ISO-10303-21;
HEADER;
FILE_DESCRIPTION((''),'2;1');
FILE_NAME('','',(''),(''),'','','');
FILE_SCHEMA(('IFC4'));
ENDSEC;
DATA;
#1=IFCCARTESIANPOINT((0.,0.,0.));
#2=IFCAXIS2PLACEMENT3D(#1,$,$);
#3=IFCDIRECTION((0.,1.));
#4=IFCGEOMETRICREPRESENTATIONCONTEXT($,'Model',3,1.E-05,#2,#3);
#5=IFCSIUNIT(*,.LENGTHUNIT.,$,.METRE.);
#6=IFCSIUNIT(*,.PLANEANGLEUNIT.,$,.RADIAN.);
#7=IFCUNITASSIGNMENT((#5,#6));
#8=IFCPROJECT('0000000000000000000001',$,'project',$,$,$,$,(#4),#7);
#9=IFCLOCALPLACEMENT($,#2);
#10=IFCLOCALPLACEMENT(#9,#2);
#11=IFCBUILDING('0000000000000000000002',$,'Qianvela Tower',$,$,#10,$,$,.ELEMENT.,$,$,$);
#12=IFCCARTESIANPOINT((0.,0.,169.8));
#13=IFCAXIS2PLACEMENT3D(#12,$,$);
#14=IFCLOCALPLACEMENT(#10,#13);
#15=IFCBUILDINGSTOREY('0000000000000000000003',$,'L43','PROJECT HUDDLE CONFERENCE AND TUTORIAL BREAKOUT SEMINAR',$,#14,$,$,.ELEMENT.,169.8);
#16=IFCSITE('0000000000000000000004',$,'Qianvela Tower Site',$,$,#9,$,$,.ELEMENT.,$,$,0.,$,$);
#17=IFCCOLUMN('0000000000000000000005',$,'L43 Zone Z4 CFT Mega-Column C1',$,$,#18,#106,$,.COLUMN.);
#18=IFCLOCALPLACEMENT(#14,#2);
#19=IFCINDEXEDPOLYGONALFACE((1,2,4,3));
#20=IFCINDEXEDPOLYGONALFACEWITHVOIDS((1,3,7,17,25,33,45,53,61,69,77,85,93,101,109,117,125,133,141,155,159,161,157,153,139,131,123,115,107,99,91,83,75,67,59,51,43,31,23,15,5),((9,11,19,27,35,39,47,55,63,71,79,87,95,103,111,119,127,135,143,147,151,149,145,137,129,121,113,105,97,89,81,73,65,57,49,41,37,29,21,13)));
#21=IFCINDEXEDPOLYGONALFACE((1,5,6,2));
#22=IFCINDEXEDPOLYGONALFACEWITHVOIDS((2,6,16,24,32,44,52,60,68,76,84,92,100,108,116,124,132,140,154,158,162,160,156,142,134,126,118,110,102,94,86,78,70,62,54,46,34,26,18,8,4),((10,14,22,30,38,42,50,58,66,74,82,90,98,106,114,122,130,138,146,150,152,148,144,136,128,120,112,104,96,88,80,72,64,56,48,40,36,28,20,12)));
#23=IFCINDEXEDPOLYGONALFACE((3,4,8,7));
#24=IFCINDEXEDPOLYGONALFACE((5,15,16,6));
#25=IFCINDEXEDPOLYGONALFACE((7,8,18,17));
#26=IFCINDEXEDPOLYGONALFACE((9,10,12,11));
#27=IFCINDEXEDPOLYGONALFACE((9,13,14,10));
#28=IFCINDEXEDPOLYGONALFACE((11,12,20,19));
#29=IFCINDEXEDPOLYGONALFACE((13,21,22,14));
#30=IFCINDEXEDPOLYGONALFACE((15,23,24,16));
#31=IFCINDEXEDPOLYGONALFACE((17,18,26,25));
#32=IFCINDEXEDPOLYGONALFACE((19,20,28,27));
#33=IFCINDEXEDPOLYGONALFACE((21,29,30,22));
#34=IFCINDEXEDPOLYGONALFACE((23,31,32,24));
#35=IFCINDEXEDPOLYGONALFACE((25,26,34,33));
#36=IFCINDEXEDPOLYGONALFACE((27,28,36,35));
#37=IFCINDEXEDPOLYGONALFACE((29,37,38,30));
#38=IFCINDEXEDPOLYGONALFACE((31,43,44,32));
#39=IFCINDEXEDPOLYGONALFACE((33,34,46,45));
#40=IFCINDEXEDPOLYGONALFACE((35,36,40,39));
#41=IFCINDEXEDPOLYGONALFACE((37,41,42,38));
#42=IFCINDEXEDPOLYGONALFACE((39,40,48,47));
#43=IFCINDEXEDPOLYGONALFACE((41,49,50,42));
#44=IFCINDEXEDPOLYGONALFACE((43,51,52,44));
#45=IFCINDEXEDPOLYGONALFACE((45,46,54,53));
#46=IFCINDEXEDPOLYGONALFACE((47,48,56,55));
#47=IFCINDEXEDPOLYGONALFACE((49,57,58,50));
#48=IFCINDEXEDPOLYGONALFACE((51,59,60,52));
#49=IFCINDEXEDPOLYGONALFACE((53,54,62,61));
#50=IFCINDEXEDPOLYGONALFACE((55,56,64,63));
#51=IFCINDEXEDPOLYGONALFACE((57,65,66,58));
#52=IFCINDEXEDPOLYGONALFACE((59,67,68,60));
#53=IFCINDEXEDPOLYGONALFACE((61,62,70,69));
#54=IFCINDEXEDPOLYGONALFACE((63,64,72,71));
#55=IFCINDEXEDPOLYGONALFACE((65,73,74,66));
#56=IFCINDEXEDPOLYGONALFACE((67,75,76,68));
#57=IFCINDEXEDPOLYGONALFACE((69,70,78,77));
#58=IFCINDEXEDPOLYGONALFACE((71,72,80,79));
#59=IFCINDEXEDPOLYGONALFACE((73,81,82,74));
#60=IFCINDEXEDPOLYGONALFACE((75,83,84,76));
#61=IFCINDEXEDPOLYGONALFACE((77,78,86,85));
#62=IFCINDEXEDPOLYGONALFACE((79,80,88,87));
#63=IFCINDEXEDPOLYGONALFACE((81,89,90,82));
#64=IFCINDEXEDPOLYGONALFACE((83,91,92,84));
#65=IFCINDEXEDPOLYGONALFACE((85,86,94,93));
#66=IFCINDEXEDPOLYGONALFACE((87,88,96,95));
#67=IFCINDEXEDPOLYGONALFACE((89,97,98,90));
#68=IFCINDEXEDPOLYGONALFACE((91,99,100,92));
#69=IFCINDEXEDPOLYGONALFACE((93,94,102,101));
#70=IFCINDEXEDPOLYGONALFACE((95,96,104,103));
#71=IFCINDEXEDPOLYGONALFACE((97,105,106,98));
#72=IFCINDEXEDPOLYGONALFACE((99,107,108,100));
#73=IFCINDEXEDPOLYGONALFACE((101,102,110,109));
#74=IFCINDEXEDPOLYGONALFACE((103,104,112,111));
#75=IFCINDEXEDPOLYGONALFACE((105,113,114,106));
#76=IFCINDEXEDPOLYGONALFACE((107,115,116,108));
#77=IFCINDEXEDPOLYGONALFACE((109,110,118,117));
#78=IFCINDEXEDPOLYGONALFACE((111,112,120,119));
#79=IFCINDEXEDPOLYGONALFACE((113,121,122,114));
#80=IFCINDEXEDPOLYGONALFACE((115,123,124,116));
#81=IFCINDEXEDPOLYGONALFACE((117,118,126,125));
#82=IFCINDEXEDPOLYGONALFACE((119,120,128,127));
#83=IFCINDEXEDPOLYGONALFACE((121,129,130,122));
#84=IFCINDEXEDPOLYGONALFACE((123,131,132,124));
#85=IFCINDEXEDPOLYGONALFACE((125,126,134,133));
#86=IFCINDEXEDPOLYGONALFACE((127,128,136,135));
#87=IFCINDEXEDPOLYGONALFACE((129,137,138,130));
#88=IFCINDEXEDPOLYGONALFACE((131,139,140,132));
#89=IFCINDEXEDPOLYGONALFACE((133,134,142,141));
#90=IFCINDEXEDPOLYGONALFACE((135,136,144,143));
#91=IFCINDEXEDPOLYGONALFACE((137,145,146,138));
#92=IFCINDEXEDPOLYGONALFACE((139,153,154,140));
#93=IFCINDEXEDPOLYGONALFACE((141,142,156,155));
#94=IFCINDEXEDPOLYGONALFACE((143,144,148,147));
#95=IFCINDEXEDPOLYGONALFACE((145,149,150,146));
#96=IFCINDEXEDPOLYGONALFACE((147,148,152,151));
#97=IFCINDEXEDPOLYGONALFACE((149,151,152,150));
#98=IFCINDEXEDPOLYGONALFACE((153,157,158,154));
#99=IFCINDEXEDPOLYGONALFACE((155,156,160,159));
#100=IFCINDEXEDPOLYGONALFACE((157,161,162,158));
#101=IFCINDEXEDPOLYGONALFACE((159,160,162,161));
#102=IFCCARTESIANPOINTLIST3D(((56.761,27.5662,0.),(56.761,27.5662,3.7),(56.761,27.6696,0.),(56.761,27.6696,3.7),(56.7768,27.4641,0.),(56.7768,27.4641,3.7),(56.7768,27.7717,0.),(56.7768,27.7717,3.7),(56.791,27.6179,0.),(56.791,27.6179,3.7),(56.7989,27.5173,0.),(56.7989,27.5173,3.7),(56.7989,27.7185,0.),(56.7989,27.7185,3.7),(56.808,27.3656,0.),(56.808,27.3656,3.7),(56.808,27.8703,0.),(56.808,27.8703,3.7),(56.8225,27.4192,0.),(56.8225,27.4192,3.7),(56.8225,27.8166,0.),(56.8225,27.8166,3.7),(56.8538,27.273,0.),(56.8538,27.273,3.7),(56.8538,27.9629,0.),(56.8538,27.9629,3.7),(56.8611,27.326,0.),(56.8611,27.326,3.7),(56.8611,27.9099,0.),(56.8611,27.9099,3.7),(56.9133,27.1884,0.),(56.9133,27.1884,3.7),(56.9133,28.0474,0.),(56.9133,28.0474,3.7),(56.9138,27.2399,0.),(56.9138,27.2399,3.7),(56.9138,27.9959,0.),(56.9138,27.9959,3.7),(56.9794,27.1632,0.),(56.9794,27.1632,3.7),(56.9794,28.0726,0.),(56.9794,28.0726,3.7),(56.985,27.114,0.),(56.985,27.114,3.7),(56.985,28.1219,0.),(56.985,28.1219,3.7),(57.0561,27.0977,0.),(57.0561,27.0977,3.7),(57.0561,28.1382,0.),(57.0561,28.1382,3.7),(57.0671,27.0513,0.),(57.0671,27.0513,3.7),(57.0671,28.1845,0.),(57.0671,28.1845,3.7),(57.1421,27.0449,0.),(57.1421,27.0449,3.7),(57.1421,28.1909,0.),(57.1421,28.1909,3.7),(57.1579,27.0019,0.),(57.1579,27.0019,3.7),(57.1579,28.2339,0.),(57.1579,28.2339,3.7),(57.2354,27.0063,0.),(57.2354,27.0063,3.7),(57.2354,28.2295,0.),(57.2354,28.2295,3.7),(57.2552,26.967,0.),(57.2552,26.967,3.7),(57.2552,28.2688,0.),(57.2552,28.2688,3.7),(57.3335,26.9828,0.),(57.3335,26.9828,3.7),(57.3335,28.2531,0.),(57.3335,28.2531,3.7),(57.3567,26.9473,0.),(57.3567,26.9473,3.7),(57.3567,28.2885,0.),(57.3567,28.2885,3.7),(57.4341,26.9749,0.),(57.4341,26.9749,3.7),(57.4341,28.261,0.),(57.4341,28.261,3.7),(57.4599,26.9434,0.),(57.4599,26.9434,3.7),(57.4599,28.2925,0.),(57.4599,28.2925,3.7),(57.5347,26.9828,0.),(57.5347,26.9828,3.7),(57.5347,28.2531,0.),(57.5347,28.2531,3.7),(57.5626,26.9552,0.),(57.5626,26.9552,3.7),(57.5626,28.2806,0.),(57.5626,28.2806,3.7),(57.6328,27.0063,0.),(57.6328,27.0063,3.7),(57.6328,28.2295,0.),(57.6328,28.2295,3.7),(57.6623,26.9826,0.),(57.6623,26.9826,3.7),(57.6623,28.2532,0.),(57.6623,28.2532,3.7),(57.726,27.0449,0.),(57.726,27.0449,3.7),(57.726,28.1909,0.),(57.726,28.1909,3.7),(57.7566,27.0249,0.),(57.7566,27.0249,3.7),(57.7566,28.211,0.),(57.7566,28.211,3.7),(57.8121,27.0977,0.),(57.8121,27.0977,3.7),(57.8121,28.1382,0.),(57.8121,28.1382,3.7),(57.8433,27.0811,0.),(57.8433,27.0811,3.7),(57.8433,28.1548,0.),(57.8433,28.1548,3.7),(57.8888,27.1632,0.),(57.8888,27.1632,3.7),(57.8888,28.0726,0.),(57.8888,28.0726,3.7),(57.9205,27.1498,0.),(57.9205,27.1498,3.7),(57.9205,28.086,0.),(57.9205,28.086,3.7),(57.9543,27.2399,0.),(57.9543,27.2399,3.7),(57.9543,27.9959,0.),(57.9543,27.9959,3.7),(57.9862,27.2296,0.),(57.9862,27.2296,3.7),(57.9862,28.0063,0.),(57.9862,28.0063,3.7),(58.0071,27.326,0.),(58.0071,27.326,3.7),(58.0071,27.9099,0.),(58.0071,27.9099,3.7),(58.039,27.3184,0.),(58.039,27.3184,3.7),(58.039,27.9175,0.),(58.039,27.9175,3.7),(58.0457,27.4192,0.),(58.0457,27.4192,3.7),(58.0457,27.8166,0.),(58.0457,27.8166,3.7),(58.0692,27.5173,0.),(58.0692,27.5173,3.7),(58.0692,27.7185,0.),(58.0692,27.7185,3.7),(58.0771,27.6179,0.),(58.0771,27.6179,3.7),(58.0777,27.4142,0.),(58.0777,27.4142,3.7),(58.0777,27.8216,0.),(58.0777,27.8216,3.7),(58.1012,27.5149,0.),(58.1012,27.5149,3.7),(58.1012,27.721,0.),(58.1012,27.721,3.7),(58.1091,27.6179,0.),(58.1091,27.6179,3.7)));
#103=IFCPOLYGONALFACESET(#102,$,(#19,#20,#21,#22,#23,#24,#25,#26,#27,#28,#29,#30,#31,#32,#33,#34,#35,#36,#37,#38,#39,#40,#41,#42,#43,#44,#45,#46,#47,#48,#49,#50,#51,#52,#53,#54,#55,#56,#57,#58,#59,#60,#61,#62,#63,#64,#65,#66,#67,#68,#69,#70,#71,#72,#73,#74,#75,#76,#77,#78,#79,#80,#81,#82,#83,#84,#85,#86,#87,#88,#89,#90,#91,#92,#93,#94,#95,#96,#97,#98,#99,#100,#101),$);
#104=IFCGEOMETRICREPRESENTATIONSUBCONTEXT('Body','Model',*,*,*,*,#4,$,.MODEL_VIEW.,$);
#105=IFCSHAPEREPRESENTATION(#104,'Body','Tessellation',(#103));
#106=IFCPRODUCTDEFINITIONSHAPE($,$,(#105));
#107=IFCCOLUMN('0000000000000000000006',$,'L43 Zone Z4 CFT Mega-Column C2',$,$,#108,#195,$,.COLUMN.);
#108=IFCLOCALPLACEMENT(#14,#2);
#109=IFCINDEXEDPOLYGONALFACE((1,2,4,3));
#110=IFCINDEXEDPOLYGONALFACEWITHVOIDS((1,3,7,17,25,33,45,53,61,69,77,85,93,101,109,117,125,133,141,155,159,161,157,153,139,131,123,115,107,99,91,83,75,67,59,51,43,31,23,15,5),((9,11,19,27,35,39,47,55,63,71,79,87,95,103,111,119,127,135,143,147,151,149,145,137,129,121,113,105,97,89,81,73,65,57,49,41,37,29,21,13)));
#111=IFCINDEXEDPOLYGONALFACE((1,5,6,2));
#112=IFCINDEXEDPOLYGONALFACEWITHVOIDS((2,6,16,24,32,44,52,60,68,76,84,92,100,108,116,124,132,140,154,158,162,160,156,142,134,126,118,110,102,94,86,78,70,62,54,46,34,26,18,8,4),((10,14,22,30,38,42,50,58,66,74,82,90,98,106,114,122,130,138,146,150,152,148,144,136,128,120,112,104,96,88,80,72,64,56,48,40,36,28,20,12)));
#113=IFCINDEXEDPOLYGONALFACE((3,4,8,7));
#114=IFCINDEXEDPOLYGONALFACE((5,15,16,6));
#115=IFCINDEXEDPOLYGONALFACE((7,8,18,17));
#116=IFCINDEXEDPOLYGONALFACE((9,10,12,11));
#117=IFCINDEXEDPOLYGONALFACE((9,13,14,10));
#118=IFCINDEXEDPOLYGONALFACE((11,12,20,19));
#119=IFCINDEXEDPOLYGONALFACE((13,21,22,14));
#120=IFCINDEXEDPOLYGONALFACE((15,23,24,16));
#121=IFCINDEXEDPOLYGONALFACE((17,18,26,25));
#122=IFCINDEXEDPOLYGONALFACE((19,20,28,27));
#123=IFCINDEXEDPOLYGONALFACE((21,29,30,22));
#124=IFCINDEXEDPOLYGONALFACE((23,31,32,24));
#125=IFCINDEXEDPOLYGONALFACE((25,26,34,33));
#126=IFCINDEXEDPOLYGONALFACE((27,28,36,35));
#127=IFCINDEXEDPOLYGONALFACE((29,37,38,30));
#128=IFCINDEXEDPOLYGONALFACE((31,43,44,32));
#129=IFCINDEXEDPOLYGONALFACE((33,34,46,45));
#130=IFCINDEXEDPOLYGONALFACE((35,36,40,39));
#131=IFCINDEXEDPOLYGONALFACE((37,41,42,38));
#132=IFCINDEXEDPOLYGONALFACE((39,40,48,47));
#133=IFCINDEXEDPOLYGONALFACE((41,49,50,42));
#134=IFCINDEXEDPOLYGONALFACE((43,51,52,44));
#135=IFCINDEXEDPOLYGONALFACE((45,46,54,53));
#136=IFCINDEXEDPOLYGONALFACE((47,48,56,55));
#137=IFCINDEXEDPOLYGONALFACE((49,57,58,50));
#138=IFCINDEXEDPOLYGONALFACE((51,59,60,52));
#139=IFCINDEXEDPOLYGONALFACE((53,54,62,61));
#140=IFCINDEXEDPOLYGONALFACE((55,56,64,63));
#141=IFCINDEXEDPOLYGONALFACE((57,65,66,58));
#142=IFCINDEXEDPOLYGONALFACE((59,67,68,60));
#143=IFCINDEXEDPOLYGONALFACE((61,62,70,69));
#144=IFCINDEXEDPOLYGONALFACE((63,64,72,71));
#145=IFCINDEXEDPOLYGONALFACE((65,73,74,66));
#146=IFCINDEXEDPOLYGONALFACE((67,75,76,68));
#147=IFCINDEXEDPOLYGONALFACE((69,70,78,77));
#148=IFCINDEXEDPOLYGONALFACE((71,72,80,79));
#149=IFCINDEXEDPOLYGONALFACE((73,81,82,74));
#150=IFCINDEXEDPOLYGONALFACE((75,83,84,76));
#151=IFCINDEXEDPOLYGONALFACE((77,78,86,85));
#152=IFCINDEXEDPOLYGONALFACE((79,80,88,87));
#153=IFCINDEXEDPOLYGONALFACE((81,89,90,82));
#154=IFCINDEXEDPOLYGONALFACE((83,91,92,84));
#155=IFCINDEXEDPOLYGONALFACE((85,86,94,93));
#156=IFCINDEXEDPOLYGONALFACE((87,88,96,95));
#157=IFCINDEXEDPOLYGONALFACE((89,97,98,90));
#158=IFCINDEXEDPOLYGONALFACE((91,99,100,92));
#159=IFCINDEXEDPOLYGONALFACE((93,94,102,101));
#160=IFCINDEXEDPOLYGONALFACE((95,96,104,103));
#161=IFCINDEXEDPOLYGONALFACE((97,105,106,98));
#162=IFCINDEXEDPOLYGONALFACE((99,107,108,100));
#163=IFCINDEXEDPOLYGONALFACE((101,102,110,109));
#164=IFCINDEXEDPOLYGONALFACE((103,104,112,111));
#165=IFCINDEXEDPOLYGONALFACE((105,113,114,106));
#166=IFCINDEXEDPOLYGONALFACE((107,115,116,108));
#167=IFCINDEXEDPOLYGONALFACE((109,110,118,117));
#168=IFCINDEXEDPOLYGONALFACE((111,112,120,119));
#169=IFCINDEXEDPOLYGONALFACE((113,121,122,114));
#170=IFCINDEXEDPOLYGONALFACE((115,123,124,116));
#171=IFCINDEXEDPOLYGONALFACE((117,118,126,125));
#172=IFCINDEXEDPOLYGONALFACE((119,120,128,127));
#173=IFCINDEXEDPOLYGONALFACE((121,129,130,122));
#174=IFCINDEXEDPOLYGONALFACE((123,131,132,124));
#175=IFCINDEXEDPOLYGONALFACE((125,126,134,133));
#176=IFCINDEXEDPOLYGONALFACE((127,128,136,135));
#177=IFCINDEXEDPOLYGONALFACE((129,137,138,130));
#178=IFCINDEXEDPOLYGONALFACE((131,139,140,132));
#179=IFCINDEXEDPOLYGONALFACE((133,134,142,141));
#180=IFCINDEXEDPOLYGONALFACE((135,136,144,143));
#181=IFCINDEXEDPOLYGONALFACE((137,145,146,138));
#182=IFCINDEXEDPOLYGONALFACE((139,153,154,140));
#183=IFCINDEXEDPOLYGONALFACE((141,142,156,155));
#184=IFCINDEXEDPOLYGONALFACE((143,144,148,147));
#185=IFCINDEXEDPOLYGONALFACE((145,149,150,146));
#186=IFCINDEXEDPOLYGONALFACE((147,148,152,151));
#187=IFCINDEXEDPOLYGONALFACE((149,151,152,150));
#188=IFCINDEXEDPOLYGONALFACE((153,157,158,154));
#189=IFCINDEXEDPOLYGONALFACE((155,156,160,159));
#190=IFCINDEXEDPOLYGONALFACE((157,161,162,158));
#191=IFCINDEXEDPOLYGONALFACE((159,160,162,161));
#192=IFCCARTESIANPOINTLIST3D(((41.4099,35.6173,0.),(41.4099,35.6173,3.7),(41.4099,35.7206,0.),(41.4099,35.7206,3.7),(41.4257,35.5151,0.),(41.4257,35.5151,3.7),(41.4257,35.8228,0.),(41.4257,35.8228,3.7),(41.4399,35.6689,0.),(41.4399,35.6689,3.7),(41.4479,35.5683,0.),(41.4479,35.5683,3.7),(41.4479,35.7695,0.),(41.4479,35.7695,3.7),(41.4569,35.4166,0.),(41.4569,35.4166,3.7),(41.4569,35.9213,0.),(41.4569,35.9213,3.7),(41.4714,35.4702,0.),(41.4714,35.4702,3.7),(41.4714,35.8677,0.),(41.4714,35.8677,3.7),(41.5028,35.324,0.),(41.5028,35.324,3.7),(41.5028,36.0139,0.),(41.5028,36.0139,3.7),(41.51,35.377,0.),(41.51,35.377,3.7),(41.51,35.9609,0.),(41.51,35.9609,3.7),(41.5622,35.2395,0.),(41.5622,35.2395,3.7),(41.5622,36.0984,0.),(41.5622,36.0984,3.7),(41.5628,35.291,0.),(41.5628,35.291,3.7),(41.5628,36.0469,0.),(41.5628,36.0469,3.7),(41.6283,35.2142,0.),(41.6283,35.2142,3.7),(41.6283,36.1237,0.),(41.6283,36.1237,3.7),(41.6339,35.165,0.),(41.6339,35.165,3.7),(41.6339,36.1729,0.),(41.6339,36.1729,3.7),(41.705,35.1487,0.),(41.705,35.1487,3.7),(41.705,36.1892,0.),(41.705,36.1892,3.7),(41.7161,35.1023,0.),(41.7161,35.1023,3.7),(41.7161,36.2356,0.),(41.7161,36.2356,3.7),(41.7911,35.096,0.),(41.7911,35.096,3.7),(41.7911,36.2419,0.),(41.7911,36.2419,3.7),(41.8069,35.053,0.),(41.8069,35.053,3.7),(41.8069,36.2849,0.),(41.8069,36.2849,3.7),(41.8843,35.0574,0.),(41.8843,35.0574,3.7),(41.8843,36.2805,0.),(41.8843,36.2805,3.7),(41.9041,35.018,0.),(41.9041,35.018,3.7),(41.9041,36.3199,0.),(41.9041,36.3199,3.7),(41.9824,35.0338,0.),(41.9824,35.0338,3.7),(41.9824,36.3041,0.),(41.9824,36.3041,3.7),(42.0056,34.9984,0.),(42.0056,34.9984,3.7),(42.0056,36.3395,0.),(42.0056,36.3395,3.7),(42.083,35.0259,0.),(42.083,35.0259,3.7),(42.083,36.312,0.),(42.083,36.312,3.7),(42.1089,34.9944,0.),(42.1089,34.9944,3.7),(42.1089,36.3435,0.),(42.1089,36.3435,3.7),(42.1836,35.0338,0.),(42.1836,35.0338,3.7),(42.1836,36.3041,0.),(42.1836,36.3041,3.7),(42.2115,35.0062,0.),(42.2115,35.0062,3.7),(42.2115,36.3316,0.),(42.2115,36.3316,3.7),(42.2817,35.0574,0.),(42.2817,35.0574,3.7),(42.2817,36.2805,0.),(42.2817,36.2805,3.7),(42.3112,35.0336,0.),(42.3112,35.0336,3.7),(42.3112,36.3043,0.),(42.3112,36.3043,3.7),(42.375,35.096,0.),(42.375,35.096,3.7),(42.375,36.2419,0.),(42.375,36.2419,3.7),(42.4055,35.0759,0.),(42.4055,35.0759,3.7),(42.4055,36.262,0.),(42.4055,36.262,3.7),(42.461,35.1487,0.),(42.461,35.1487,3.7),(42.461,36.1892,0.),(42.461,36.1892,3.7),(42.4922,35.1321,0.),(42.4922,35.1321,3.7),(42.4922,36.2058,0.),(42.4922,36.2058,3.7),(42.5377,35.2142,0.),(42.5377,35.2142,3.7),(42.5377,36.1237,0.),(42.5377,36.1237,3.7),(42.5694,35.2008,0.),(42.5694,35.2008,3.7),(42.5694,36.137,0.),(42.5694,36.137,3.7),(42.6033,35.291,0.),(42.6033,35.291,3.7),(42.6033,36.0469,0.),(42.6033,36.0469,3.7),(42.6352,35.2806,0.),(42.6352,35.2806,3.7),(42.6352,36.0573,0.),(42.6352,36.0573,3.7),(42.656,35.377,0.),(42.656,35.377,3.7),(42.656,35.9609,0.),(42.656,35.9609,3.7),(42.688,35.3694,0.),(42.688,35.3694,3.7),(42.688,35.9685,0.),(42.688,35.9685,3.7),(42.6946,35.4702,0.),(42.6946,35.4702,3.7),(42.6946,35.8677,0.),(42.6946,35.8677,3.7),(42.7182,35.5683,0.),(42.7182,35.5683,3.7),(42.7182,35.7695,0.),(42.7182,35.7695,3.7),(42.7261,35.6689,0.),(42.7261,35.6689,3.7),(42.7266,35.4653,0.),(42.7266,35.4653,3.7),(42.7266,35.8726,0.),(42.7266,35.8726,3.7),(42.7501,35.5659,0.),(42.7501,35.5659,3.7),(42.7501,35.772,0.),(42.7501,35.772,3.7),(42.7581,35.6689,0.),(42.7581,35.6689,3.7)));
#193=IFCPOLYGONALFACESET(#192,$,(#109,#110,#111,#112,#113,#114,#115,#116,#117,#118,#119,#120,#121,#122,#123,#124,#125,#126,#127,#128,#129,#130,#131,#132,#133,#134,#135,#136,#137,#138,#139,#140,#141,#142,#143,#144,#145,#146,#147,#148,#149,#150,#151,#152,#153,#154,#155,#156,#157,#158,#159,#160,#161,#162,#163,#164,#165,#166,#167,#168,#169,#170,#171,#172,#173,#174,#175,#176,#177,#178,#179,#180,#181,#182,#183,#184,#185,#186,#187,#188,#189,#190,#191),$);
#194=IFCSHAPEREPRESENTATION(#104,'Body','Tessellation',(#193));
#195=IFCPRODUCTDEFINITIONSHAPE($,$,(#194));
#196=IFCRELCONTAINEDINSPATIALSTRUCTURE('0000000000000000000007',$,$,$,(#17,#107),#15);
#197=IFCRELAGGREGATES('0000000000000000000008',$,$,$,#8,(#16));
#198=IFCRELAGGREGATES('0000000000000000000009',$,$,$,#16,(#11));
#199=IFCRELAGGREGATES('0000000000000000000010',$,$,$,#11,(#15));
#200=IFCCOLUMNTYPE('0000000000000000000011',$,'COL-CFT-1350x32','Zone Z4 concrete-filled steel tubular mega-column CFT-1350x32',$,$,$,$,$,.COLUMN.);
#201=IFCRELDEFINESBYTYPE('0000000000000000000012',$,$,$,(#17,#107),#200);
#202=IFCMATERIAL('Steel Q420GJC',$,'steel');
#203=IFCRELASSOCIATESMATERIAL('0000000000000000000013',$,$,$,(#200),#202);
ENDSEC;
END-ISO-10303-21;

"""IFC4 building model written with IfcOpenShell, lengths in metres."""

from ifc_helpers import new_model, si_unit, direction, frame, origin, origin_2d, place, context, subcontext, project, spatial, hollow_circle, extrude, material, material_profile, profile_set, type_object, element, save


model = new_model("IFC4")

# Units and contexts
model_context = context("Model", 3, precision=1e-05, world=origin(), true_north=direction((0.0, 1.0)))
body_context = subcontext(model_context, "Body", "Model", "MODEL_VIEW")
ifc_project = project(units=[si_unit("LENGTHUNIT", "METRE"), si_unit("PLANEANGLEUNIT", "RADIAN")], contexts=[model_context])

# Site, building, storey
site_placement = place(None, origin())
site = spatial("IfcSite", under=ifc_project, at=site_placement, Name="Qianvela Tower Site", CompositionType="ELEMENT", RefElevation=0.0)
building_placement = place(site_placement, origin())
building = spatial("IfcBuilding", under=site, at=building_placement, Name="Qianvela Tower", CompositionType="ELEMENT")
storey_placement = place(building_placement, frame((0.0, 0.0, 169.8)))
storey = spatial("IfcBuildingStorey", under=building, at=storey_placement, Name="L43", Description="PROJECT HUDDLE CONFERENCE AND TUTORIAL BREAKOUT SEMINAR", CompositionType="ELEMENT", Elevation=169.8)

# Columns
ifc_material_1 = material(Name="Steel Q420GJC", Category="steel")
ifc_material_profile_1 = material_profile(ifc_material_1, hollow_circle(Radius=0.675, WallThickness=0.032, at=origin_2d()), Name="CFT-1350x32")
ifc_profile_set_1 = profile_set([ifc_material_profile_1], Name="Steel Q420GJC")
column_type = type_object("IfcColumnType", Name="COL-CFT-1350x32", Description="Zone Z4 concrete-filled steel tubular mega-column CFT-1350x32", PredefinedType="COLUMN", material=ifc_profile_set_1)
for number, where, z_axis, x_axis, name in (
    (1, (57.4341, 27.6179, 0.0), (0.0, 0.0, 1.0), (1.0, 0.0, 0.0), "L43 Zone Z4 CFT Mega-Column C1"),
    (2, (42.083, 35.6689, 0.0), (0.0, 0.0, 1.0), (1.0, 0.0, 0.0), "L43 Zone Z4 CFT Mega-Column C2"),
):
    element("IfcColumn", number, at=place(storey_placement, frame(where, z_axis=z_axis, x_axis=x_axis)), inside=storey, type_object=column_type, Name=name, PredefinedType="COLUMN", context=body_context, shape_type="SweptSolid", body=[
        extrude(hollow_circle(Radius=0.675, WallThickness=0.032, at=origin_2d()), origin(), (0.0, 0.0, 1.0), 3.7),
    ])

save(model, "model.ifc")
